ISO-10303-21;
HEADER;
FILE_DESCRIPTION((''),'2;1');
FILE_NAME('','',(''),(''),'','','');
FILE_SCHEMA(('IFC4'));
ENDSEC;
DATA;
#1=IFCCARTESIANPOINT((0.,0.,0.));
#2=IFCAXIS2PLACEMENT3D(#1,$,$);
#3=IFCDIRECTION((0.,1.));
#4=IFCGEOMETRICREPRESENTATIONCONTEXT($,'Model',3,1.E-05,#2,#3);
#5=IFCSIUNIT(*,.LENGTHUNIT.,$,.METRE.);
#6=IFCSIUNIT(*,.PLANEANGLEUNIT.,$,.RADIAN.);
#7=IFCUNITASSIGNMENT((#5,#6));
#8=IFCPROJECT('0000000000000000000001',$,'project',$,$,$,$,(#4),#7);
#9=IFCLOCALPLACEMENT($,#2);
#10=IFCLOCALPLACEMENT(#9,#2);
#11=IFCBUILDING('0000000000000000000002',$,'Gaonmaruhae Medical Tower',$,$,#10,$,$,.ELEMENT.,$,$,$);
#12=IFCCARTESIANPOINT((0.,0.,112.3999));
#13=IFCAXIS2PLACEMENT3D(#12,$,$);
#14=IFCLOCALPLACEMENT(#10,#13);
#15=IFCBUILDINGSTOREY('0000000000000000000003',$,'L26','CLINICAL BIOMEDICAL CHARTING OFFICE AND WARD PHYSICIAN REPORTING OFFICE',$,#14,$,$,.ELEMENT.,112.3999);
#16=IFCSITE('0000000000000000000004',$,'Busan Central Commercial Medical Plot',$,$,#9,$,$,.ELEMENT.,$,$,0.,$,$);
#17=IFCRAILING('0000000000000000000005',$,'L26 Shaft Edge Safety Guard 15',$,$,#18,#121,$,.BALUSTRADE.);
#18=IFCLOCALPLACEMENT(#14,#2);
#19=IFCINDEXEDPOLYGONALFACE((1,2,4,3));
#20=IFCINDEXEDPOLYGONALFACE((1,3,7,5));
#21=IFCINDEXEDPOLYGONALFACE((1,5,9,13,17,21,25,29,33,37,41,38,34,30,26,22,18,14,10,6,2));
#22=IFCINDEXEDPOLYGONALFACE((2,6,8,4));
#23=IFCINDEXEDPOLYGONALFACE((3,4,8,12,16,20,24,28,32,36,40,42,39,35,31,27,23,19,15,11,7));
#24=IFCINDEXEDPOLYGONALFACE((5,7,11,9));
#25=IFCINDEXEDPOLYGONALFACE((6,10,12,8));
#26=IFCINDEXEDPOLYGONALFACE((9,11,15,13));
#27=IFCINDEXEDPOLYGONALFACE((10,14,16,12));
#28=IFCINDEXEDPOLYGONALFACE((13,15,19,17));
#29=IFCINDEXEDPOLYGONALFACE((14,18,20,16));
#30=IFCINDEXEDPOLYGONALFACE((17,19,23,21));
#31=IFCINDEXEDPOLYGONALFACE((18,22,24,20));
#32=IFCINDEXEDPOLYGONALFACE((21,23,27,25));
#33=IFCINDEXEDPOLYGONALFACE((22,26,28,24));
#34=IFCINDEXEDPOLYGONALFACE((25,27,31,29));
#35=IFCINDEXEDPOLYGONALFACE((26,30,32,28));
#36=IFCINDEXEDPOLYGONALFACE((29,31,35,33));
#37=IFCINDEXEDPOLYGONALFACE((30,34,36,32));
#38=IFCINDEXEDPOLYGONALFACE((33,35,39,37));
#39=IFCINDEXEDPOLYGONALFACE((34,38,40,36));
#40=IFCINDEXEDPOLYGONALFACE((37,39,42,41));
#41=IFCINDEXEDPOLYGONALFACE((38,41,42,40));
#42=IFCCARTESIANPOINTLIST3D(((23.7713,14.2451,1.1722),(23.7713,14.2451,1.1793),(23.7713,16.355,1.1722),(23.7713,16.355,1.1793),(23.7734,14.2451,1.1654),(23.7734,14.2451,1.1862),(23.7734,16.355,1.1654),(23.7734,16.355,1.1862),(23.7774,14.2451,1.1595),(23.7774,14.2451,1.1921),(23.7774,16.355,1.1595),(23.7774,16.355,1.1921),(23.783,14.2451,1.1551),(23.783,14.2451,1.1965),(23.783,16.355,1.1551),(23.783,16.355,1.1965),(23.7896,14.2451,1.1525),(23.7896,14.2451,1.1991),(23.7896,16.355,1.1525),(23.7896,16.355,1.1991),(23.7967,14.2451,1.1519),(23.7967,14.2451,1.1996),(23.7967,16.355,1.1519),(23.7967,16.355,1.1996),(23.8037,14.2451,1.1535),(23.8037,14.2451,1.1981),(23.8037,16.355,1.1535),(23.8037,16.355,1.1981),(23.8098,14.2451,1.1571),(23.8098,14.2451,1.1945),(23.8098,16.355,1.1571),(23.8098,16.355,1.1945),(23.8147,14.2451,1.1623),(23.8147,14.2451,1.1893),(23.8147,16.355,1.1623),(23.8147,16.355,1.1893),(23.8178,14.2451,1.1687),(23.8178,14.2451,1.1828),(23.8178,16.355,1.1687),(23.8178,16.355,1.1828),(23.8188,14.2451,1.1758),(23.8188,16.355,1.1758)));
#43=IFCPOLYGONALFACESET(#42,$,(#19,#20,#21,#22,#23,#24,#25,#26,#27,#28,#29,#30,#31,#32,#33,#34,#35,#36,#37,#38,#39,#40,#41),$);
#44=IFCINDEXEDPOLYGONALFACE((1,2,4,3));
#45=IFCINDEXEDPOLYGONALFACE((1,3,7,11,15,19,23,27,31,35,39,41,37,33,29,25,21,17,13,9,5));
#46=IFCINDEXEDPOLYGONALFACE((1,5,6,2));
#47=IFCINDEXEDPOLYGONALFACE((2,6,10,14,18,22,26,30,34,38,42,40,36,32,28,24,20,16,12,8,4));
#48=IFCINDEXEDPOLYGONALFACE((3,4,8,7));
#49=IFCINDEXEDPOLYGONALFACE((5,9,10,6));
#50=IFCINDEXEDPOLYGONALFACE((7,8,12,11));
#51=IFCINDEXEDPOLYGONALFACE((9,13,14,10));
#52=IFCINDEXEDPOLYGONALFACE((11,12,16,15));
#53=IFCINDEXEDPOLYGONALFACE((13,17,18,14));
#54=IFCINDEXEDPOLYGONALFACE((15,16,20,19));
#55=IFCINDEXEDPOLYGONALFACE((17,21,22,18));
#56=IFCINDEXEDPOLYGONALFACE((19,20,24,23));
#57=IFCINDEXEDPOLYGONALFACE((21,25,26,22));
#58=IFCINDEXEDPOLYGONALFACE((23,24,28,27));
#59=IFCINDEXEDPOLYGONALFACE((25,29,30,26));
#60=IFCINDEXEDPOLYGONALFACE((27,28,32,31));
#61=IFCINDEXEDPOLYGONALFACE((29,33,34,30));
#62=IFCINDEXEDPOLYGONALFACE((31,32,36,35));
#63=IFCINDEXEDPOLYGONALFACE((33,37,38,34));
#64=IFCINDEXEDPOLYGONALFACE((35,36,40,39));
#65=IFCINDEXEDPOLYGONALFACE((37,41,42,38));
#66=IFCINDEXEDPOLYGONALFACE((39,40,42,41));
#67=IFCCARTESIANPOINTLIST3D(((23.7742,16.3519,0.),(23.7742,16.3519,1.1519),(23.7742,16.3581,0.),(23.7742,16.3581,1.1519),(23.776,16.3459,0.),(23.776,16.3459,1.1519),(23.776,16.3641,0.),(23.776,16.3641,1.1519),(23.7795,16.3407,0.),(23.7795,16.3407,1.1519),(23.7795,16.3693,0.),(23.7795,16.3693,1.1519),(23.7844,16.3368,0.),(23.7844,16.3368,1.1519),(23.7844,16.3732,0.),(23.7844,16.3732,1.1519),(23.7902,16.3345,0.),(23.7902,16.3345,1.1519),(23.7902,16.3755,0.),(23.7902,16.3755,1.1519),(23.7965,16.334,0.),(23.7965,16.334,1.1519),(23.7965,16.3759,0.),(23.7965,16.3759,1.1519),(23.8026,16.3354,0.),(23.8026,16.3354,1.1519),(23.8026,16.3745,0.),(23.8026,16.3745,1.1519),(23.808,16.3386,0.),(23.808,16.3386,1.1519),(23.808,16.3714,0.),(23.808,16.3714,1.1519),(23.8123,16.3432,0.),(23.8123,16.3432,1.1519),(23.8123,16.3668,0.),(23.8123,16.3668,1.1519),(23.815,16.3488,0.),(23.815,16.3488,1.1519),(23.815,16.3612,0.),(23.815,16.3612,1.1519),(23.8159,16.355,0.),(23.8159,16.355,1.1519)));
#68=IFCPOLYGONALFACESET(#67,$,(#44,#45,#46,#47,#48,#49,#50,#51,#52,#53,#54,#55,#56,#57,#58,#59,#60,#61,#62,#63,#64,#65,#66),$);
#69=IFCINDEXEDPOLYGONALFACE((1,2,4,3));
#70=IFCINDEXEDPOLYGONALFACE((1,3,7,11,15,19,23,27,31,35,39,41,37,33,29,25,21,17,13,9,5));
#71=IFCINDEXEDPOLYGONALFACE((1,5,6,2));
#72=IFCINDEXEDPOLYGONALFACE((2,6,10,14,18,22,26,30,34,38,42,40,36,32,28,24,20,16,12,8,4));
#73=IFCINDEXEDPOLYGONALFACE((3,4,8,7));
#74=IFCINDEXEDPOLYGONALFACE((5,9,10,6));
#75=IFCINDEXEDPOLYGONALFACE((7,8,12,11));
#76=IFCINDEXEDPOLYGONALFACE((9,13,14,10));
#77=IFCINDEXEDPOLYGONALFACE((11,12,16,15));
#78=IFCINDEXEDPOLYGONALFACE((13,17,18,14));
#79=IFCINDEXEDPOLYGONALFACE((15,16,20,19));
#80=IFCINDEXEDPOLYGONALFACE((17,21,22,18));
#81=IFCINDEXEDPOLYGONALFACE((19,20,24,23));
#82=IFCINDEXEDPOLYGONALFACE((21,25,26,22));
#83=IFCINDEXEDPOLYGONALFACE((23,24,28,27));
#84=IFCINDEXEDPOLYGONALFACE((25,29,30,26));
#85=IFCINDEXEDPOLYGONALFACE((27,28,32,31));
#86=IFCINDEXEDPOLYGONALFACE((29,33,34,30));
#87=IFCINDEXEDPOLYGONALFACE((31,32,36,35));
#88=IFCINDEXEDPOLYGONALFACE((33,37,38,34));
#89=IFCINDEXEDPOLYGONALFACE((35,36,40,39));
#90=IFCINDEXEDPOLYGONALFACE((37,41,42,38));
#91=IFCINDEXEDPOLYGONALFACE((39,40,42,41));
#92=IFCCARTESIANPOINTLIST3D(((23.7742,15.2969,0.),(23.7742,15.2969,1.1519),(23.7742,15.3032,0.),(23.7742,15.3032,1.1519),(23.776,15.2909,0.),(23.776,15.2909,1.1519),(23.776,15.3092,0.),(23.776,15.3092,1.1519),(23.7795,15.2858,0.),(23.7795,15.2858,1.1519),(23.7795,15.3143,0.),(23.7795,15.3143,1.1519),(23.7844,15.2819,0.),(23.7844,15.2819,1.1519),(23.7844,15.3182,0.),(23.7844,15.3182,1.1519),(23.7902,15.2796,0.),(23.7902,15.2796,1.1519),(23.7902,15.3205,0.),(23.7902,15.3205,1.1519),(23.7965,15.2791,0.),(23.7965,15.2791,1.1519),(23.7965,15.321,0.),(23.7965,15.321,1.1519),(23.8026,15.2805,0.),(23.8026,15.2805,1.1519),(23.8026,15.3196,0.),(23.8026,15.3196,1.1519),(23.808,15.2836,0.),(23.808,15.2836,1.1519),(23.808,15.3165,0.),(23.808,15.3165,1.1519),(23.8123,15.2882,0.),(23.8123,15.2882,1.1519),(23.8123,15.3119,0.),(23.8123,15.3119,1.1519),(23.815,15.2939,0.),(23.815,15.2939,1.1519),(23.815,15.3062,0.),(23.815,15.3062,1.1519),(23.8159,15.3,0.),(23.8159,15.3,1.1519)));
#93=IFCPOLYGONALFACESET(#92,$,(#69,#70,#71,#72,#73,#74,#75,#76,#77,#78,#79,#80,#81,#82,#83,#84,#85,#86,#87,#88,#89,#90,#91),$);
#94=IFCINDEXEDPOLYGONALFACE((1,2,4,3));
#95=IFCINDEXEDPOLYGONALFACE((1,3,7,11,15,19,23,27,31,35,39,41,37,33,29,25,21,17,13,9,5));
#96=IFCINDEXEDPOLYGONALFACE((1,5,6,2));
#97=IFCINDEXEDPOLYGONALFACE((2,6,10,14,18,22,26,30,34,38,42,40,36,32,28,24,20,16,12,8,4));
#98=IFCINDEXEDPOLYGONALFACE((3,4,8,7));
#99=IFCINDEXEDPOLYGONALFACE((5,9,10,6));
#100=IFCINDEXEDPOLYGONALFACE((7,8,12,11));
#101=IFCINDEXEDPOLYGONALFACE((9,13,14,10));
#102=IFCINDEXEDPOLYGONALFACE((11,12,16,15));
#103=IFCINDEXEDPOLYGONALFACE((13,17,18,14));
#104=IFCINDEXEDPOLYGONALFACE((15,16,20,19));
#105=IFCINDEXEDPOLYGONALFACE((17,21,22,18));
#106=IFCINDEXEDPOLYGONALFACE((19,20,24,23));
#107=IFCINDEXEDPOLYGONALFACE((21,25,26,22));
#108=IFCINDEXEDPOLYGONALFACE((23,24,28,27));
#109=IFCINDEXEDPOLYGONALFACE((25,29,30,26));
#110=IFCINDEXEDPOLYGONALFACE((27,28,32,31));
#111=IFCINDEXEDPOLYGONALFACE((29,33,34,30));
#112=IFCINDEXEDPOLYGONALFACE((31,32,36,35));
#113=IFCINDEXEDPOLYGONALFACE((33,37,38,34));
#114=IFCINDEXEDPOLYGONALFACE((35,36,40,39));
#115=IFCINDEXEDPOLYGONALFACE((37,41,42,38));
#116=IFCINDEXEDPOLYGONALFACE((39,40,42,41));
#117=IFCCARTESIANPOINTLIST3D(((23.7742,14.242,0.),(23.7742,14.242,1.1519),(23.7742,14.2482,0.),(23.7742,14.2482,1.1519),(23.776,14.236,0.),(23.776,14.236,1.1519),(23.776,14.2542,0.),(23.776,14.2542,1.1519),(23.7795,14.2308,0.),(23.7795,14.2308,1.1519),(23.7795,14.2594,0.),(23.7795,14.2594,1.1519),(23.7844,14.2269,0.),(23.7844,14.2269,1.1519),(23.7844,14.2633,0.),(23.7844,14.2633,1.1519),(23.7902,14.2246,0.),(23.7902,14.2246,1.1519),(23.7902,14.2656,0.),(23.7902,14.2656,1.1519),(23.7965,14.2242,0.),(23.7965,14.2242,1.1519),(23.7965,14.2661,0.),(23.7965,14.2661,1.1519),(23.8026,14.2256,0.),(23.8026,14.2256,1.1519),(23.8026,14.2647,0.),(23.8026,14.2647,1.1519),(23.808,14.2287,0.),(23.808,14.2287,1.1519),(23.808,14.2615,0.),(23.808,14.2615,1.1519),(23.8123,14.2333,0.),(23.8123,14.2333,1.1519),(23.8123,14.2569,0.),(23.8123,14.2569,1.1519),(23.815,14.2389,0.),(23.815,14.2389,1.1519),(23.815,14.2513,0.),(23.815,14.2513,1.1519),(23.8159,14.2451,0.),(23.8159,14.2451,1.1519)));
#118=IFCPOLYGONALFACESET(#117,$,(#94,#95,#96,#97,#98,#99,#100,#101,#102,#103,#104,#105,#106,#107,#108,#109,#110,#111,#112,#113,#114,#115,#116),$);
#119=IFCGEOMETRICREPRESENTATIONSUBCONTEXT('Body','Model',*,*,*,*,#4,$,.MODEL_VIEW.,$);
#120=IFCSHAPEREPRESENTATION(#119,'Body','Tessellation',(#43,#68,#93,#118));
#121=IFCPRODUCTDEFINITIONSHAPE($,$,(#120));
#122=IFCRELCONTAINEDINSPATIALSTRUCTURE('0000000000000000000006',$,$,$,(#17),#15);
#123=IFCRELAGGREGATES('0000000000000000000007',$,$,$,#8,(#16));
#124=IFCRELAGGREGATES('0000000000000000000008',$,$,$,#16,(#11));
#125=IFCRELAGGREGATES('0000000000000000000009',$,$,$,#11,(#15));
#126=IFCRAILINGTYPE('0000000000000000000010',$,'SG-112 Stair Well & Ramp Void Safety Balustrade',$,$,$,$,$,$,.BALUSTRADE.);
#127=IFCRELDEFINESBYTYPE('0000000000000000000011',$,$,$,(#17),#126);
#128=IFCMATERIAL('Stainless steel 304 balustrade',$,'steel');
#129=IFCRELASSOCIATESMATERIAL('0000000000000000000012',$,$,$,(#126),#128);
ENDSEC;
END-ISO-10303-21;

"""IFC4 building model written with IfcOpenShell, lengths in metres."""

from ifc_helpers import new_model, si_unit, direction, frame, origin, origin_2d, place, context, subcontext, project, spatial, circle, extrude, material, type_object, element, save


model = new_model("IFC4")

# Units and contexts
model_context = context("Model", 3, precision=1e-05, world=origin(), true_north=direction((0.0, 1.0)))
body_context = subcontext(model_context, "Body", "Model", "MODEL_VIEW")
ifc_project = project(units=[si_unit("LENGTHUNIT", "METRE"), si_unit("PLANEANGLEUNIT", "RADIAN")], contexts=[model_context])

# Site, building, storey
site_placement = place(None, origin())
site = spatial("IfcSite", under=ifc_project, at=site_placement, Name="Busan Central Commercial Medical Plot", CompositionType="ELEMENT", RefElevation=0.0)
building_placement = place(site_placement, origin())
building = spatial("IfcBuilding", under=site, at=building_placement, Name="Gaonmaruhae Medical Tower", CompositionType="ELEMENT")
storey_placement = place(building_placement, frame((0.0, 0.0, 112.3999)))
storey = spatial("IfcBuildingStorey", under=building, at=storey_placement, Name="L26", Description="CLINICAL BIOMEDICAL CHARTING OFFICE AND WARD PHYSICIAN REPORTING OFFICE", CompositionType="ELEMENT", Elevation=112.3999)

# Railing
ifc_material_1 = material(Name="Stainless steel 304 balustrade", Category="steel")
railing_type_1 = type_object("IfcRailingType", Name="SG-112 Stair Well & Ramp Void Safety Balustrade", PredefinedType="BALUSTRADE", material=ifc_material_1)
railing_1_placement = place(storey_placement, frame((23.7949, 16.355, 0.0)))
element("IfcRailing", 1, at=railing_1_placement, inside=storey, type_object=railing_type_1, Name="L26 Shaft Edge Safety Guard 15", PredefinedType="BALUSTRADE", context=body_context, shape_type="SweptSolid", body=[
    extrude(circle(Radius=0.0239, at=origin_2d()), frame((0.0, 0.0, 1.1758), z_axis=(0.0, -1.0, 0.0), x_axis=(1.0, 0.0, 0.0)), (0.0, 0.0, 1.0), 2.1099),
    extrude(circle(Radius=0.021, at=origin_2d()), origin(), (0.0, 0.0, 1.0), 1.1519),
    extrude(circle(Radius=0.021, at=origin_2d()), frame((0.0, -1.0549, 0.0)), (0.0, 0.0, 1.0), 1.1519),
    extrude(circle(Radius=0.021, at=origin_2d()), frame((0.0, -2.1099, 0.0)), (0.0, 0.0, 1.0), 1.1519),
])

save(model, "model.ifc")
